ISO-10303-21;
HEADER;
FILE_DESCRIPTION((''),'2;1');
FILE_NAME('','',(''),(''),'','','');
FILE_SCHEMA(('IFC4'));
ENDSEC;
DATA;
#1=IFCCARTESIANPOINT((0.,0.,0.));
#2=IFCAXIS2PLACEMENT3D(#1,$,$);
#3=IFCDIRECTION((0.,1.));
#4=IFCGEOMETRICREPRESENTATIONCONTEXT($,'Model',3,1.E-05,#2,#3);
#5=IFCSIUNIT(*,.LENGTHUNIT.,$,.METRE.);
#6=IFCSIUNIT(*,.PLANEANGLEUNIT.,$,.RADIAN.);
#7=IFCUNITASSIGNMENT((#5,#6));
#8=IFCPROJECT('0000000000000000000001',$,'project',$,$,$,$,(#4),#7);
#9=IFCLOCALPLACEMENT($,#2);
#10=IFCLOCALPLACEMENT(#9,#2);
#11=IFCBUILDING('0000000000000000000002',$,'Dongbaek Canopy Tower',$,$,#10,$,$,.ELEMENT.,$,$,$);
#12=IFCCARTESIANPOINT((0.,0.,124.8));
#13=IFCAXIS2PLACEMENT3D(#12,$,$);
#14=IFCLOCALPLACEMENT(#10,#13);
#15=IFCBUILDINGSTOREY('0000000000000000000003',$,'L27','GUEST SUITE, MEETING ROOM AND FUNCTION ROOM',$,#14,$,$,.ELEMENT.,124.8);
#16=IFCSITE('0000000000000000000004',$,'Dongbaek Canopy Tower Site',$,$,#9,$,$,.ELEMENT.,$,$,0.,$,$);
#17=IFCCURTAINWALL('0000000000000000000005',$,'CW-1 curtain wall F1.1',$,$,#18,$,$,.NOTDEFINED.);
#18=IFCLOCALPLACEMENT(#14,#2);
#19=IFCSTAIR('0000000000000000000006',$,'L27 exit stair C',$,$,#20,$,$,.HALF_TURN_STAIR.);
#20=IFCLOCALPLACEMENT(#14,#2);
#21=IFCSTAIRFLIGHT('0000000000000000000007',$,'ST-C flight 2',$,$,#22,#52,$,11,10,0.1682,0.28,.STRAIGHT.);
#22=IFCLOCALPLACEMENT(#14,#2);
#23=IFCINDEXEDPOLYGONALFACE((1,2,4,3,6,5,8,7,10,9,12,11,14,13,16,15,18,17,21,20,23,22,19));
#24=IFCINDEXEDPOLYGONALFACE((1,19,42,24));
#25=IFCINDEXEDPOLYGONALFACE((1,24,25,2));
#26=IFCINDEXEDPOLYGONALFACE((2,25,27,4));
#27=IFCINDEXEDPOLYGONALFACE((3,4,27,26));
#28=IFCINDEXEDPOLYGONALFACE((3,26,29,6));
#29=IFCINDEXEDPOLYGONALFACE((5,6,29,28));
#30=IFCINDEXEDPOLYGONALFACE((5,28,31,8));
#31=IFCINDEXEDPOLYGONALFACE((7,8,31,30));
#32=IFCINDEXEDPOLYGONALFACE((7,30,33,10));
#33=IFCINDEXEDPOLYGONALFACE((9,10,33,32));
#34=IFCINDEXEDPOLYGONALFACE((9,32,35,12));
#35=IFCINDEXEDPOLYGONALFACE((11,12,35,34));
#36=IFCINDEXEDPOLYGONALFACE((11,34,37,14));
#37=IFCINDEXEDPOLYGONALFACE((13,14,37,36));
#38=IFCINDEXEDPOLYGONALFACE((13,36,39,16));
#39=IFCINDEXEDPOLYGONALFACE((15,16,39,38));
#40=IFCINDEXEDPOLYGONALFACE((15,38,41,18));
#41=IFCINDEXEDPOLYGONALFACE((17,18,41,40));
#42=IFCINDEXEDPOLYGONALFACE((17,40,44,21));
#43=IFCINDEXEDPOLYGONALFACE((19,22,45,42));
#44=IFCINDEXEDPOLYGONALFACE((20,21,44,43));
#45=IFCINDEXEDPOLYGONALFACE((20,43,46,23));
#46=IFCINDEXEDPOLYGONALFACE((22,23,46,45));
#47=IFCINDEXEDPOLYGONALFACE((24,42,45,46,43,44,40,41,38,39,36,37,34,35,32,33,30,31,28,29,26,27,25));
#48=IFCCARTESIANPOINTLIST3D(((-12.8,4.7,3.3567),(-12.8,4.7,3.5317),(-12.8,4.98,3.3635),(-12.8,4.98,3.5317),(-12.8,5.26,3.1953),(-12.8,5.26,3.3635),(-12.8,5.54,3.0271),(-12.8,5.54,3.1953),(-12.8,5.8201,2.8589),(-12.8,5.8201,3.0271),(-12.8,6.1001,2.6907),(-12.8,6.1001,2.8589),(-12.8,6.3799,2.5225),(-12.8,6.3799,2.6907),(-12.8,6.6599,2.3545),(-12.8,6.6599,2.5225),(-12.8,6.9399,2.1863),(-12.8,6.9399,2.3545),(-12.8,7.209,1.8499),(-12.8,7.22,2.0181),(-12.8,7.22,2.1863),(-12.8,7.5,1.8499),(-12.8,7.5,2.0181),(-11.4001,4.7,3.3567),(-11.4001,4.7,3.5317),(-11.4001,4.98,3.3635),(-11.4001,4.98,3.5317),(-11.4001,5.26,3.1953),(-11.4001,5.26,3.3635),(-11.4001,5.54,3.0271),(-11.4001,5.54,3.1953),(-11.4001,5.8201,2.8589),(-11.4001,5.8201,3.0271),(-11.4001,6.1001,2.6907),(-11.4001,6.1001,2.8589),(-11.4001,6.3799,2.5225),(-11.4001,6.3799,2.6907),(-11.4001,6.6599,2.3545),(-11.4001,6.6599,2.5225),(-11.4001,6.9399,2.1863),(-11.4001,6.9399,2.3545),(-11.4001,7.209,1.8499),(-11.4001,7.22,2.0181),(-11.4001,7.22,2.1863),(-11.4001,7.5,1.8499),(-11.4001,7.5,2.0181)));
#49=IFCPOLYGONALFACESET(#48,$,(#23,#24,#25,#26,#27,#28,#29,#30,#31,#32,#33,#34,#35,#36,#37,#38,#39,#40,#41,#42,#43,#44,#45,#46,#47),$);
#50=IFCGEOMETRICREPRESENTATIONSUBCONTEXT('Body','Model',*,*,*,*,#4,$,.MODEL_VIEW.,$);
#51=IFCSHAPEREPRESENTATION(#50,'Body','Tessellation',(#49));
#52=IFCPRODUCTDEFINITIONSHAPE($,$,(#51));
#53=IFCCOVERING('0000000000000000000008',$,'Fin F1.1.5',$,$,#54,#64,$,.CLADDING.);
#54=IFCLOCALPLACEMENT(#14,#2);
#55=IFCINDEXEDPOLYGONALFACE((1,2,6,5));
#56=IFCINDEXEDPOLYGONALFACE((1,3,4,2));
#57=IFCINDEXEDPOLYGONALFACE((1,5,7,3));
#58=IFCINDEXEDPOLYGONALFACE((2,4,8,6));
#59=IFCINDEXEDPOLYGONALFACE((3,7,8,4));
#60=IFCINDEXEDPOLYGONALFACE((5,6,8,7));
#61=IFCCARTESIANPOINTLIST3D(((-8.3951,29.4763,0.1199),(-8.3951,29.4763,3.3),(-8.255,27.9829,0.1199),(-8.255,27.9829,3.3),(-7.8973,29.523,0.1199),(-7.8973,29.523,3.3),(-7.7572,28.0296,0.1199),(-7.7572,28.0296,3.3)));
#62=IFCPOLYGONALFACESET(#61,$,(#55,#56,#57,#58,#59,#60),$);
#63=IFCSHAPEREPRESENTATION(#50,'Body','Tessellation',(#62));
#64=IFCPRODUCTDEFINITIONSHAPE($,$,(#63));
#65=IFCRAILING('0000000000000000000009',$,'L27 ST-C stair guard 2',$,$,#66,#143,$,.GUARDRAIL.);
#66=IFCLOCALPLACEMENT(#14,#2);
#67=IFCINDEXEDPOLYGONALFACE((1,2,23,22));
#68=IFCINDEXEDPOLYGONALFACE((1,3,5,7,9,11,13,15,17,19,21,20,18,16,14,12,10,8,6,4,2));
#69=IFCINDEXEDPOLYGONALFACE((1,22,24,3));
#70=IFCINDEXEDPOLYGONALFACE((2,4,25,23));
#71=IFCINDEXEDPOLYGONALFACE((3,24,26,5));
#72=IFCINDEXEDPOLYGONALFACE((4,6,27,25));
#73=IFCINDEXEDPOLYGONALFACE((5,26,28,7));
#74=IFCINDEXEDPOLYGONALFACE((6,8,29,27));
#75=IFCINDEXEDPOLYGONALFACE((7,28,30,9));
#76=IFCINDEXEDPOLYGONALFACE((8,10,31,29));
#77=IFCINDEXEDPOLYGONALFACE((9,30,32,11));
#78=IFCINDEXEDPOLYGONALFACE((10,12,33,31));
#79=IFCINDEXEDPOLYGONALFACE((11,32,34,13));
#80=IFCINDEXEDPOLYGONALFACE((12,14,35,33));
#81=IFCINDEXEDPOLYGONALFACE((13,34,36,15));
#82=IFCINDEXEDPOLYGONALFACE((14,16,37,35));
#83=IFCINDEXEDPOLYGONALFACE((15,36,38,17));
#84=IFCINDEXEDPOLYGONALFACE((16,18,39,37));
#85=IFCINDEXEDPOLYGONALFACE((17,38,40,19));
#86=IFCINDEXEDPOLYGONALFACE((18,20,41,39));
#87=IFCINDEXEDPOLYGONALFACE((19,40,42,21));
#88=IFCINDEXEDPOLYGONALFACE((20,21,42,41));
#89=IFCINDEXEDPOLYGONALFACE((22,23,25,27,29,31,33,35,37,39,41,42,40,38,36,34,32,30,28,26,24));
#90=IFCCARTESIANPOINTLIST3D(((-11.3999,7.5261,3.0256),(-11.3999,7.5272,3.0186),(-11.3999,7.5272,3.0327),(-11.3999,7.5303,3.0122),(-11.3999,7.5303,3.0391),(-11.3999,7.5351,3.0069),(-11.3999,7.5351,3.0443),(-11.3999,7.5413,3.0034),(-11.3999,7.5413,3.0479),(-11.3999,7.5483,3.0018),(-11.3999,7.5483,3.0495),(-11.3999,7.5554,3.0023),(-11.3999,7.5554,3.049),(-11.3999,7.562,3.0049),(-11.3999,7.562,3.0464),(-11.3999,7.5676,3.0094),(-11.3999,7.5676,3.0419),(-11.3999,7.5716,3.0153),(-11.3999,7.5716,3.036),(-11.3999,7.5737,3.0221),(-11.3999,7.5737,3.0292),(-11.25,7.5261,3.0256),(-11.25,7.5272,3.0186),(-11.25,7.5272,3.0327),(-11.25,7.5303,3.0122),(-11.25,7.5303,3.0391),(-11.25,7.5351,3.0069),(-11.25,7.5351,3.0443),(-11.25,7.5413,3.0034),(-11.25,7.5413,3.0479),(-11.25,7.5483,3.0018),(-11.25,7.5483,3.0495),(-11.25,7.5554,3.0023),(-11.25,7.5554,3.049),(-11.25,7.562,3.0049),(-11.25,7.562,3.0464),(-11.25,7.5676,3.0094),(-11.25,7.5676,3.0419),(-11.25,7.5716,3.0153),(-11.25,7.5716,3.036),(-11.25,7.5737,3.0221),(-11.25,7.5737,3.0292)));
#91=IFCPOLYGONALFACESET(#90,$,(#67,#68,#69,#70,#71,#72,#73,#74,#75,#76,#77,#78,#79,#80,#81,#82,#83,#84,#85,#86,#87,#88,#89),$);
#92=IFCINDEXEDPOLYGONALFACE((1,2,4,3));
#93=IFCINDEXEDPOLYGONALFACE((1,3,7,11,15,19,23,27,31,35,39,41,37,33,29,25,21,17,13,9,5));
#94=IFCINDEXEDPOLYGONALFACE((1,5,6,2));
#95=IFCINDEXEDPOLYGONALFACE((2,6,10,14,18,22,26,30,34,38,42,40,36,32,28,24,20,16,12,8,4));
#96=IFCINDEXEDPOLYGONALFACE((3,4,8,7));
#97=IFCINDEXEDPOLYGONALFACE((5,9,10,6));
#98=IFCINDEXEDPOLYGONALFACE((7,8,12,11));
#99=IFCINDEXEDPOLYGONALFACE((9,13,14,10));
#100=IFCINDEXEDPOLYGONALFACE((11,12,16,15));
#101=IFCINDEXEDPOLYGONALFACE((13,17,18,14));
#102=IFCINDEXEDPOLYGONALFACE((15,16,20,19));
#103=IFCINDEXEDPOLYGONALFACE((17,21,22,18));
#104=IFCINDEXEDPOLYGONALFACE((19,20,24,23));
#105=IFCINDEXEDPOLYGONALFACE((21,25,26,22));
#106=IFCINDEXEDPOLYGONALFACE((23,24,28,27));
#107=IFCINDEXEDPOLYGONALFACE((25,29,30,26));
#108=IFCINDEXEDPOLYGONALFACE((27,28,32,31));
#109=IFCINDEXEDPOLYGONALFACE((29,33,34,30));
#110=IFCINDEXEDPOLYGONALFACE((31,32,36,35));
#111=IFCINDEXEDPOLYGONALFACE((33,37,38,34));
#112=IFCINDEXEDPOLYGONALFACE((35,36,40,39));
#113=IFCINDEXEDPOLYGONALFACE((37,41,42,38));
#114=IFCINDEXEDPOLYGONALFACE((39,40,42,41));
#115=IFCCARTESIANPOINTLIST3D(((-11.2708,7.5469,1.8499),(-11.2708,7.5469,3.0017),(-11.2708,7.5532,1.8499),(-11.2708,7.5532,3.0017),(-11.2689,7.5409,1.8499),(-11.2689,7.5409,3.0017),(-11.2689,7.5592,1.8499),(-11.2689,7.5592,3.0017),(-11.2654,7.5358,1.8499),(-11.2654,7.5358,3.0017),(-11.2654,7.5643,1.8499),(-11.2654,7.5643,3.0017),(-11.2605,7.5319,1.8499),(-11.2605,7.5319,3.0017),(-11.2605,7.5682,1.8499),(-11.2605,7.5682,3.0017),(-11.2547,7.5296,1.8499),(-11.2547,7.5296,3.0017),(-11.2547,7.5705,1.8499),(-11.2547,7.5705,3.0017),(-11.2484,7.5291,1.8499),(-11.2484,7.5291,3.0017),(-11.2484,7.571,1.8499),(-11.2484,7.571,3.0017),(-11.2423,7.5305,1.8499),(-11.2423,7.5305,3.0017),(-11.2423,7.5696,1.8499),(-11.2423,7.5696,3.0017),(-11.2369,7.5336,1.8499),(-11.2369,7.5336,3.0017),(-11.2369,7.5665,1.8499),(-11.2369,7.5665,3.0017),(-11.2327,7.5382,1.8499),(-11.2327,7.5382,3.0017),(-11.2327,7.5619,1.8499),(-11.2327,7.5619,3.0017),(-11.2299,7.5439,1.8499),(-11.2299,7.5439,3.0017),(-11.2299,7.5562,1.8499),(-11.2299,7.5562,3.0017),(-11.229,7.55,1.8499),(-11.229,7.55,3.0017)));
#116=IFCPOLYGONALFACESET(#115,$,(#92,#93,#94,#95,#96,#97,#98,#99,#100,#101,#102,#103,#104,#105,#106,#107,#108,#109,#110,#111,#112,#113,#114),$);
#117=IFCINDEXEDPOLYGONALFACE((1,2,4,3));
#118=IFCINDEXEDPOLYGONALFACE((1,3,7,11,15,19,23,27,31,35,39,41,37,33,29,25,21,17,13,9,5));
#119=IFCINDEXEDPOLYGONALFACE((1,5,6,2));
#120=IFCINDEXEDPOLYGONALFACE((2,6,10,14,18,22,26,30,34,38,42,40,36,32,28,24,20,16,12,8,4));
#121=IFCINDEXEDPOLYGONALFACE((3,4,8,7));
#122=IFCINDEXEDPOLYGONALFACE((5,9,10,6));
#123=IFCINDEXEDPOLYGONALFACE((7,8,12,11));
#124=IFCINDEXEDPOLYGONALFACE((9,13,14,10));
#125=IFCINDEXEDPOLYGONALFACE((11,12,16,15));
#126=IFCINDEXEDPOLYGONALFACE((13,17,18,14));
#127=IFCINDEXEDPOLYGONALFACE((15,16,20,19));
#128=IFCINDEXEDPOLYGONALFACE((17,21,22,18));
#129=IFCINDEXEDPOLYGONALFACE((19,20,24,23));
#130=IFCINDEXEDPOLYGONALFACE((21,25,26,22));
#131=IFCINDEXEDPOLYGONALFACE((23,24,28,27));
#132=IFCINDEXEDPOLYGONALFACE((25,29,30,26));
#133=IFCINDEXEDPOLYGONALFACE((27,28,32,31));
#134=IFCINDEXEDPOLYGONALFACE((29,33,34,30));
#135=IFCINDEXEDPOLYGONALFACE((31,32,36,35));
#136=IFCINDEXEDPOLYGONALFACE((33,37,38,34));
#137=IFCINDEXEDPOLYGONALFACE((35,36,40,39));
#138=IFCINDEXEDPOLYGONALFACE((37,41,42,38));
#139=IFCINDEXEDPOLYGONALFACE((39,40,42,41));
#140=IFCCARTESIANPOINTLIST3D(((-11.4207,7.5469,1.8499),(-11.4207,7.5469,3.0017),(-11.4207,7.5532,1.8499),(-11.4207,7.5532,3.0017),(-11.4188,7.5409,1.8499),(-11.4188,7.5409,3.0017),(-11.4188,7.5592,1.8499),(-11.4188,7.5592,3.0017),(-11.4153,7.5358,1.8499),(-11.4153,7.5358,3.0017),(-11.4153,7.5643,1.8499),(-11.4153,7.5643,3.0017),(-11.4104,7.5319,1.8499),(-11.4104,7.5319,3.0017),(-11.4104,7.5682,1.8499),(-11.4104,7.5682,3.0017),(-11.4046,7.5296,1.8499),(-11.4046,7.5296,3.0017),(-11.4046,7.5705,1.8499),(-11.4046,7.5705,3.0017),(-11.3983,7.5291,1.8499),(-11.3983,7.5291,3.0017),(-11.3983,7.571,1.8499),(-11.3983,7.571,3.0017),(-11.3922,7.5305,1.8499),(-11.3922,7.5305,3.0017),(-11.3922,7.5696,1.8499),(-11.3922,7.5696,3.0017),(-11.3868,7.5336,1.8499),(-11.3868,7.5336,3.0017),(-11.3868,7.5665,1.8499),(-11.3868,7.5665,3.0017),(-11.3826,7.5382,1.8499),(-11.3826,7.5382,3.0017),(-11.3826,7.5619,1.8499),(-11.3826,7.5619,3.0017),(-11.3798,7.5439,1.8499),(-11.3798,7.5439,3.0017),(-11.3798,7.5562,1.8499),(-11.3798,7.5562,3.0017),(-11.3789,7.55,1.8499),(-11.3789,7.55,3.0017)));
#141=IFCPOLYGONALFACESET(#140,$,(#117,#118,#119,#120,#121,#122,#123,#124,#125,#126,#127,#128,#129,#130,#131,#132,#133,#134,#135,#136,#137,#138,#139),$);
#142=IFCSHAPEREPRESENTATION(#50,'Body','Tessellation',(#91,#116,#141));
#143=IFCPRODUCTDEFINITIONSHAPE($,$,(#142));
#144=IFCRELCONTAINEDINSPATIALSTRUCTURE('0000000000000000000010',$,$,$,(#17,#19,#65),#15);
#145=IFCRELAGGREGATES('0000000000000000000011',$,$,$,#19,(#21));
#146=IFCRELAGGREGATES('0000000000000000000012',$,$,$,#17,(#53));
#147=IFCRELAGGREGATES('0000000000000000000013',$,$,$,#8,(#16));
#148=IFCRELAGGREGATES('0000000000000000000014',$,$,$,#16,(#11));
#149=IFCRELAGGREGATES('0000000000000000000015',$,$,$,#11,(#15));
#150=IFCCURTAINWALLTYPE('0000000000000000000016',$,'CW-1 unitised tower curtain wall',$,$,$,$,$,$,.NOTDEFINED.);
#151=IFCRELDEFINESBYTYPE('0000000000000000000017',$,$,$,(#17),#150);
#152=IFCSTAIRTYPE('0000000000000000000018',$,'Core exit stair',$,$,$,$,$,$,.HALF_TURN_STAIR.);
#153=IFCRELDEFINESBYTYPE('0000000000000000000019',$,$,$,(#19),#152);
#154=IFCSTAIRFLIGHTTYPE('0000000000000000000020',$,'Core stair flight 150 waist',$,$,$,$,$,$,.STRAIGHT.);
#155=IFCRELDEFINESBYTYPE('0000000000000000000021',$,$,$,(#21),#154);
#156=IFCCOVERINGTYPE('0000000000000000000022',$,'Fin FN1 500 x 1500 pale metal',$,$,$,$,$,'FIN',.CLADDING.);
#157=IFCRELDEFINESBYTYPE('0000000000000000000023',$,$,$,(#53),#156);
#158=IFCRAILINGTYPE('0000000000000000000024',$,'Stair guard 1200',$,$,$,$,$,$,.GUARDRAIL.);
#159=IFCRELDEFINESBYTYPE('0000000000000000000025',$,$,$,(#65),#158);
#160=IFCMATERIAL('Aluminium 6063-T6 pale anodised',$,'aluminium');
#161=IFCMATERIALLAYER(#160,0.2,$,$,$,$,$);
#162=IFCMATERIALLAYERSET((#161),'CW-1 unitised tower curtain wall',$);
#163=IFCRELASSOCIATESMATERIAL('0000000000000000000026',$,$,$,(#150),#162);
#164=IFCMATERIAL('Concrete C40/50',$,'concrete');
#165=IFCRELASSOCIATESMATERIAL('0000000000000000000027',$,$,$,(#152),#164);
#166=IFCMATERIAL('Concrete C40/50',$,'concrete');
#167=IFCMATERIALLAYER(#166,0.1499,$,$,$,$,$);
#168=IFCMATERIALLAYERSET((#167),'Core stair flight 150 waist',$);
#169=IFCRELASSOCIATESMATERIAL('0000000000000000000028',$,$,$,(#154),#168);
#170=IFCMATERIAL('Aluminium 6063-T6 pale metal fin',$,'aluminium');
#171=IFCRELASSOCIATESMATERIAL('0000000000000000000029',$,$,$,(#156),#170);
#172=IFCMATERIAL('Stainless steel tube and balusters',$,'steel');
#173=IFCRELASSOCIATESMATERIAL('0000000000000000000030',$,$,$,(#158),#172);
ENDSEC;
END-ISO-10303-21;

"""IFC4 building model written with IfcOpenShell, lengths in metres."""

from ifc_helpers import new_model, si_unit, direction, frame, origin, origin_2d, place, context, subcontext, project, spatial, polyline, rectangle, circle, outline, extrude, material, layer, layer_set, material_profile, profile_set, type_object, element, aggregate, save


model = new_model("IFC4")

# Units and contexts
model_context = context("Model", 3, precision=1e-05, world=origin(), true_north=direction((0.0, 1.0)))
body_context = subcontext(model_context, "Body", "Model", "MODEL_VIEW")
ifc_project = project(units=[si_unit("LENGTHUNIT", "METRE"), si_unit("PLANEANGLEUNIT", "RADIAN")], contexts=[model_context])

# Site, building, storey
site_placement = place(None, origin())
site = spatial("IfcSite", under=ifc_project, at=site_placement, Name="Dongbaek Canopy Tower Site", CompositionType="ELEMENT", RefElevation=0.0)
building_placement = place(site_placement, origin())
building = spatial("IfcBuilding", under=site, at=building_placement, Name="Dongbaek Canopy Tower", CompositionType="ELEMENT")
storey_placement = place(building_placement, frame((0.0, 0.0, 124.8)))
storey = spatial("IfcBuildingStorey", under=building, at=storey_placement, Name="L27", Description="GUEST SUITE, MEETING ROOM AND FUNCTION ROOM", CompositionType="ELEMENT", Elevation=124.8)

# Curtain wall
ifc_material_1 = material(Name="Aluminium 6063-T6 pale anodised", Category="aluminium")
ifc_layer_1 = layer(ifc_material_1, 0.2)
ifc_layer_set_1 = layer_set([ifc_layer_1], Name="CW-1 unitised tower curtain wall")
curtain_wall_type = type_object("IfcCurtainWallType", Name="CW-1 unitised tower curtain wall", PredefinedType="NOTDEFINED", material=ifc_layer_set_1)
curtain_wall_placement = place(storey_placement, origin())
curtain_wall = element("IfcCurtainWall", 1, at=curtain_wall_placement, inside=storey, type_object=curtain_wall_type, Name="CW-1 curtain wall F1.1", PredefinedType="NOTDEFINED")

# Stair, stair flight
ifc_material_2 = material(Name="Concrete C40/50", Category="concrete")
stair_type = type_object("IfcStairType", Name="Core exit stair", PredefinedType="HALF_TURN_STAIR", material=ifc_material_2)
stair_placement = place(storey_placement, origin())
stair = element("IfcStair", 2, at=stair_placement, inside=storey, type_object=stair_type, Name="L27 exit stair C", PredefinedType="HALF_TURN_STAIR")
ifc_material_3 = material(Name="Concrete C40/50", Category="concrete")
ifc_layer_2 = layer(ifc_material_3, 0.1499)
ifc_layer_set_2 = layer_set([ifc_layer_2], Name="Core stair flight 150 waist")
stair_flight_type = type_object("IfcStairFlightType", Name="Core stair flight 150 waist", PredefinedType="STRAIGHT", material=ifc_layer_set_2)
stair_flight_placement = place(storey_placement, frame((-12.1001, 7.5, 1.8499), z_axis=(0.0, 0.0, 1.0), x_axis=(0.0, -1.0, 0.0)))
stair_flight = element("IfcStairFlight", 3, at=stair_flight_placement, type_object=stair_flight_type, Name="ST-C flight 2", NumberOfRisers=11, NumberOfTreads=10, PredefinedType="STRAIGHT", RiserHeight=0.1682, TreadLength=0.28, context=body_context, shape_type="SweptSolid", body=[
    extrude(outline(polyline([(0.0, 0.0), (0.0, 0.1682), (0.28, 0.1682), (0.28, 0.3364), (0.5601, 0.3364), (0.5601, 0.5046), (0.8401, 0.5046), (0.8401, 0.6726), (1.1201, 0.6726), (1.1201, 0.8408), (1.3999, 0.8408), (1.3999, 1.009), (1.6799, 1.009), (1.6799, 1.1772), (1.96, 1.1772), (1.96, 1.3455), (2.24, 1.3455), (2.24, 1.5137), (2.52, 1.5137), (2.52, 1.6819), (2.8, 1.6819), (2.8, 1.8501), (2.8, 1.5068), (0.291, 0.0), (0.0, 0.0)])), frame((0.0, 0.7, 0.0), z_axis=(0.0, -1.0, 0.0), x_axis=(1.0, 0.0, 0.0)), (0.0, 0.0, 1.0), 1.3999),
])
aggregate(stair, [stair_flight])

# Covering
ifc_material_4 = material(Name="Aluminium 6063-T6 pale metal fin", Category="aluminium")
ifc_material_profile_1 = material_profile(ifc_material_4, rectangle(XDim=1.5, YDim=0.5, at=origin_2d()), Name="Fin FN1 500 x 1500 pale metal")
ifc_profile_set_1 = profile_set([ifc_material_profile_1], Name="Aluminium 6063-T6 pale metal fin")
covering_type = type_object("IfcCoveringType", Name="Fin FN1 500 x 1500 pale metal", ElementType="FIN", PredefinedType="CLADDING", material=ifc_profile_set_1)
covering_placement = place(storey_placement, frame((-8.0762, 28.7529, 0.1199), z_axis=(0.0, 0.0, 1.0), x_axis=(-0.093398, 0.995629, 0.0)))
covering = element("IfcCovering", 4, at=covering_placement, type_object=covering_type, Name="Fin F1.1.5", PredefinedType="CLADDING", context=body_context, shape_type="SweptSolid", body=[
    extrude(rectangle(XDim=1.5, YDim=0.5, at=origin_2d()), origin(), (0.0, 0.0, 1.0), 3.1802),
])
aggregate(curtain_wall, [covering])

# Railing
ifc_material_5 = material(Name="Stainless steel tube and balusters", Category="steel")
railing_type = type_object("IfcRailingType", Name="Stair guard 1200", PredefinedType="GUARDRAIL", material=ifc_material_5)
railing_1_placement = place(storey_placement, frame((-11.25, 7.55, 1.8499)))
element("IfcRailing", 5, at=railing_1_placement, inside=storey, type_object=railing_type, Name="L27 ST-C stair guard 2", PredefinedType="GUARDRAIL", context=body_context, shape_type="SweptSolid", body=[
    extrude(circle(Radius=0.0239, at=origin_2d()), frame((0.0, 0.0, 1.1758), z_axis=(-1.0, 0.0, 0.0), x_axis=(0.0, -1.0, 0.0)), (0.0, 0.0, 1.0), 0.1499),
    extrude(circle(Radius=0.021, at=origin_2d()), origin(), (0.0, 0.0, 1.0), 1.1519),
    extrude(circle(Radius=0.021, at=origin_2d()), frame((-0.1499, 0.0, 0.0)), (0.0, 0.0, 1.0), 1.1519),
])

save(model, "model.ifc")
